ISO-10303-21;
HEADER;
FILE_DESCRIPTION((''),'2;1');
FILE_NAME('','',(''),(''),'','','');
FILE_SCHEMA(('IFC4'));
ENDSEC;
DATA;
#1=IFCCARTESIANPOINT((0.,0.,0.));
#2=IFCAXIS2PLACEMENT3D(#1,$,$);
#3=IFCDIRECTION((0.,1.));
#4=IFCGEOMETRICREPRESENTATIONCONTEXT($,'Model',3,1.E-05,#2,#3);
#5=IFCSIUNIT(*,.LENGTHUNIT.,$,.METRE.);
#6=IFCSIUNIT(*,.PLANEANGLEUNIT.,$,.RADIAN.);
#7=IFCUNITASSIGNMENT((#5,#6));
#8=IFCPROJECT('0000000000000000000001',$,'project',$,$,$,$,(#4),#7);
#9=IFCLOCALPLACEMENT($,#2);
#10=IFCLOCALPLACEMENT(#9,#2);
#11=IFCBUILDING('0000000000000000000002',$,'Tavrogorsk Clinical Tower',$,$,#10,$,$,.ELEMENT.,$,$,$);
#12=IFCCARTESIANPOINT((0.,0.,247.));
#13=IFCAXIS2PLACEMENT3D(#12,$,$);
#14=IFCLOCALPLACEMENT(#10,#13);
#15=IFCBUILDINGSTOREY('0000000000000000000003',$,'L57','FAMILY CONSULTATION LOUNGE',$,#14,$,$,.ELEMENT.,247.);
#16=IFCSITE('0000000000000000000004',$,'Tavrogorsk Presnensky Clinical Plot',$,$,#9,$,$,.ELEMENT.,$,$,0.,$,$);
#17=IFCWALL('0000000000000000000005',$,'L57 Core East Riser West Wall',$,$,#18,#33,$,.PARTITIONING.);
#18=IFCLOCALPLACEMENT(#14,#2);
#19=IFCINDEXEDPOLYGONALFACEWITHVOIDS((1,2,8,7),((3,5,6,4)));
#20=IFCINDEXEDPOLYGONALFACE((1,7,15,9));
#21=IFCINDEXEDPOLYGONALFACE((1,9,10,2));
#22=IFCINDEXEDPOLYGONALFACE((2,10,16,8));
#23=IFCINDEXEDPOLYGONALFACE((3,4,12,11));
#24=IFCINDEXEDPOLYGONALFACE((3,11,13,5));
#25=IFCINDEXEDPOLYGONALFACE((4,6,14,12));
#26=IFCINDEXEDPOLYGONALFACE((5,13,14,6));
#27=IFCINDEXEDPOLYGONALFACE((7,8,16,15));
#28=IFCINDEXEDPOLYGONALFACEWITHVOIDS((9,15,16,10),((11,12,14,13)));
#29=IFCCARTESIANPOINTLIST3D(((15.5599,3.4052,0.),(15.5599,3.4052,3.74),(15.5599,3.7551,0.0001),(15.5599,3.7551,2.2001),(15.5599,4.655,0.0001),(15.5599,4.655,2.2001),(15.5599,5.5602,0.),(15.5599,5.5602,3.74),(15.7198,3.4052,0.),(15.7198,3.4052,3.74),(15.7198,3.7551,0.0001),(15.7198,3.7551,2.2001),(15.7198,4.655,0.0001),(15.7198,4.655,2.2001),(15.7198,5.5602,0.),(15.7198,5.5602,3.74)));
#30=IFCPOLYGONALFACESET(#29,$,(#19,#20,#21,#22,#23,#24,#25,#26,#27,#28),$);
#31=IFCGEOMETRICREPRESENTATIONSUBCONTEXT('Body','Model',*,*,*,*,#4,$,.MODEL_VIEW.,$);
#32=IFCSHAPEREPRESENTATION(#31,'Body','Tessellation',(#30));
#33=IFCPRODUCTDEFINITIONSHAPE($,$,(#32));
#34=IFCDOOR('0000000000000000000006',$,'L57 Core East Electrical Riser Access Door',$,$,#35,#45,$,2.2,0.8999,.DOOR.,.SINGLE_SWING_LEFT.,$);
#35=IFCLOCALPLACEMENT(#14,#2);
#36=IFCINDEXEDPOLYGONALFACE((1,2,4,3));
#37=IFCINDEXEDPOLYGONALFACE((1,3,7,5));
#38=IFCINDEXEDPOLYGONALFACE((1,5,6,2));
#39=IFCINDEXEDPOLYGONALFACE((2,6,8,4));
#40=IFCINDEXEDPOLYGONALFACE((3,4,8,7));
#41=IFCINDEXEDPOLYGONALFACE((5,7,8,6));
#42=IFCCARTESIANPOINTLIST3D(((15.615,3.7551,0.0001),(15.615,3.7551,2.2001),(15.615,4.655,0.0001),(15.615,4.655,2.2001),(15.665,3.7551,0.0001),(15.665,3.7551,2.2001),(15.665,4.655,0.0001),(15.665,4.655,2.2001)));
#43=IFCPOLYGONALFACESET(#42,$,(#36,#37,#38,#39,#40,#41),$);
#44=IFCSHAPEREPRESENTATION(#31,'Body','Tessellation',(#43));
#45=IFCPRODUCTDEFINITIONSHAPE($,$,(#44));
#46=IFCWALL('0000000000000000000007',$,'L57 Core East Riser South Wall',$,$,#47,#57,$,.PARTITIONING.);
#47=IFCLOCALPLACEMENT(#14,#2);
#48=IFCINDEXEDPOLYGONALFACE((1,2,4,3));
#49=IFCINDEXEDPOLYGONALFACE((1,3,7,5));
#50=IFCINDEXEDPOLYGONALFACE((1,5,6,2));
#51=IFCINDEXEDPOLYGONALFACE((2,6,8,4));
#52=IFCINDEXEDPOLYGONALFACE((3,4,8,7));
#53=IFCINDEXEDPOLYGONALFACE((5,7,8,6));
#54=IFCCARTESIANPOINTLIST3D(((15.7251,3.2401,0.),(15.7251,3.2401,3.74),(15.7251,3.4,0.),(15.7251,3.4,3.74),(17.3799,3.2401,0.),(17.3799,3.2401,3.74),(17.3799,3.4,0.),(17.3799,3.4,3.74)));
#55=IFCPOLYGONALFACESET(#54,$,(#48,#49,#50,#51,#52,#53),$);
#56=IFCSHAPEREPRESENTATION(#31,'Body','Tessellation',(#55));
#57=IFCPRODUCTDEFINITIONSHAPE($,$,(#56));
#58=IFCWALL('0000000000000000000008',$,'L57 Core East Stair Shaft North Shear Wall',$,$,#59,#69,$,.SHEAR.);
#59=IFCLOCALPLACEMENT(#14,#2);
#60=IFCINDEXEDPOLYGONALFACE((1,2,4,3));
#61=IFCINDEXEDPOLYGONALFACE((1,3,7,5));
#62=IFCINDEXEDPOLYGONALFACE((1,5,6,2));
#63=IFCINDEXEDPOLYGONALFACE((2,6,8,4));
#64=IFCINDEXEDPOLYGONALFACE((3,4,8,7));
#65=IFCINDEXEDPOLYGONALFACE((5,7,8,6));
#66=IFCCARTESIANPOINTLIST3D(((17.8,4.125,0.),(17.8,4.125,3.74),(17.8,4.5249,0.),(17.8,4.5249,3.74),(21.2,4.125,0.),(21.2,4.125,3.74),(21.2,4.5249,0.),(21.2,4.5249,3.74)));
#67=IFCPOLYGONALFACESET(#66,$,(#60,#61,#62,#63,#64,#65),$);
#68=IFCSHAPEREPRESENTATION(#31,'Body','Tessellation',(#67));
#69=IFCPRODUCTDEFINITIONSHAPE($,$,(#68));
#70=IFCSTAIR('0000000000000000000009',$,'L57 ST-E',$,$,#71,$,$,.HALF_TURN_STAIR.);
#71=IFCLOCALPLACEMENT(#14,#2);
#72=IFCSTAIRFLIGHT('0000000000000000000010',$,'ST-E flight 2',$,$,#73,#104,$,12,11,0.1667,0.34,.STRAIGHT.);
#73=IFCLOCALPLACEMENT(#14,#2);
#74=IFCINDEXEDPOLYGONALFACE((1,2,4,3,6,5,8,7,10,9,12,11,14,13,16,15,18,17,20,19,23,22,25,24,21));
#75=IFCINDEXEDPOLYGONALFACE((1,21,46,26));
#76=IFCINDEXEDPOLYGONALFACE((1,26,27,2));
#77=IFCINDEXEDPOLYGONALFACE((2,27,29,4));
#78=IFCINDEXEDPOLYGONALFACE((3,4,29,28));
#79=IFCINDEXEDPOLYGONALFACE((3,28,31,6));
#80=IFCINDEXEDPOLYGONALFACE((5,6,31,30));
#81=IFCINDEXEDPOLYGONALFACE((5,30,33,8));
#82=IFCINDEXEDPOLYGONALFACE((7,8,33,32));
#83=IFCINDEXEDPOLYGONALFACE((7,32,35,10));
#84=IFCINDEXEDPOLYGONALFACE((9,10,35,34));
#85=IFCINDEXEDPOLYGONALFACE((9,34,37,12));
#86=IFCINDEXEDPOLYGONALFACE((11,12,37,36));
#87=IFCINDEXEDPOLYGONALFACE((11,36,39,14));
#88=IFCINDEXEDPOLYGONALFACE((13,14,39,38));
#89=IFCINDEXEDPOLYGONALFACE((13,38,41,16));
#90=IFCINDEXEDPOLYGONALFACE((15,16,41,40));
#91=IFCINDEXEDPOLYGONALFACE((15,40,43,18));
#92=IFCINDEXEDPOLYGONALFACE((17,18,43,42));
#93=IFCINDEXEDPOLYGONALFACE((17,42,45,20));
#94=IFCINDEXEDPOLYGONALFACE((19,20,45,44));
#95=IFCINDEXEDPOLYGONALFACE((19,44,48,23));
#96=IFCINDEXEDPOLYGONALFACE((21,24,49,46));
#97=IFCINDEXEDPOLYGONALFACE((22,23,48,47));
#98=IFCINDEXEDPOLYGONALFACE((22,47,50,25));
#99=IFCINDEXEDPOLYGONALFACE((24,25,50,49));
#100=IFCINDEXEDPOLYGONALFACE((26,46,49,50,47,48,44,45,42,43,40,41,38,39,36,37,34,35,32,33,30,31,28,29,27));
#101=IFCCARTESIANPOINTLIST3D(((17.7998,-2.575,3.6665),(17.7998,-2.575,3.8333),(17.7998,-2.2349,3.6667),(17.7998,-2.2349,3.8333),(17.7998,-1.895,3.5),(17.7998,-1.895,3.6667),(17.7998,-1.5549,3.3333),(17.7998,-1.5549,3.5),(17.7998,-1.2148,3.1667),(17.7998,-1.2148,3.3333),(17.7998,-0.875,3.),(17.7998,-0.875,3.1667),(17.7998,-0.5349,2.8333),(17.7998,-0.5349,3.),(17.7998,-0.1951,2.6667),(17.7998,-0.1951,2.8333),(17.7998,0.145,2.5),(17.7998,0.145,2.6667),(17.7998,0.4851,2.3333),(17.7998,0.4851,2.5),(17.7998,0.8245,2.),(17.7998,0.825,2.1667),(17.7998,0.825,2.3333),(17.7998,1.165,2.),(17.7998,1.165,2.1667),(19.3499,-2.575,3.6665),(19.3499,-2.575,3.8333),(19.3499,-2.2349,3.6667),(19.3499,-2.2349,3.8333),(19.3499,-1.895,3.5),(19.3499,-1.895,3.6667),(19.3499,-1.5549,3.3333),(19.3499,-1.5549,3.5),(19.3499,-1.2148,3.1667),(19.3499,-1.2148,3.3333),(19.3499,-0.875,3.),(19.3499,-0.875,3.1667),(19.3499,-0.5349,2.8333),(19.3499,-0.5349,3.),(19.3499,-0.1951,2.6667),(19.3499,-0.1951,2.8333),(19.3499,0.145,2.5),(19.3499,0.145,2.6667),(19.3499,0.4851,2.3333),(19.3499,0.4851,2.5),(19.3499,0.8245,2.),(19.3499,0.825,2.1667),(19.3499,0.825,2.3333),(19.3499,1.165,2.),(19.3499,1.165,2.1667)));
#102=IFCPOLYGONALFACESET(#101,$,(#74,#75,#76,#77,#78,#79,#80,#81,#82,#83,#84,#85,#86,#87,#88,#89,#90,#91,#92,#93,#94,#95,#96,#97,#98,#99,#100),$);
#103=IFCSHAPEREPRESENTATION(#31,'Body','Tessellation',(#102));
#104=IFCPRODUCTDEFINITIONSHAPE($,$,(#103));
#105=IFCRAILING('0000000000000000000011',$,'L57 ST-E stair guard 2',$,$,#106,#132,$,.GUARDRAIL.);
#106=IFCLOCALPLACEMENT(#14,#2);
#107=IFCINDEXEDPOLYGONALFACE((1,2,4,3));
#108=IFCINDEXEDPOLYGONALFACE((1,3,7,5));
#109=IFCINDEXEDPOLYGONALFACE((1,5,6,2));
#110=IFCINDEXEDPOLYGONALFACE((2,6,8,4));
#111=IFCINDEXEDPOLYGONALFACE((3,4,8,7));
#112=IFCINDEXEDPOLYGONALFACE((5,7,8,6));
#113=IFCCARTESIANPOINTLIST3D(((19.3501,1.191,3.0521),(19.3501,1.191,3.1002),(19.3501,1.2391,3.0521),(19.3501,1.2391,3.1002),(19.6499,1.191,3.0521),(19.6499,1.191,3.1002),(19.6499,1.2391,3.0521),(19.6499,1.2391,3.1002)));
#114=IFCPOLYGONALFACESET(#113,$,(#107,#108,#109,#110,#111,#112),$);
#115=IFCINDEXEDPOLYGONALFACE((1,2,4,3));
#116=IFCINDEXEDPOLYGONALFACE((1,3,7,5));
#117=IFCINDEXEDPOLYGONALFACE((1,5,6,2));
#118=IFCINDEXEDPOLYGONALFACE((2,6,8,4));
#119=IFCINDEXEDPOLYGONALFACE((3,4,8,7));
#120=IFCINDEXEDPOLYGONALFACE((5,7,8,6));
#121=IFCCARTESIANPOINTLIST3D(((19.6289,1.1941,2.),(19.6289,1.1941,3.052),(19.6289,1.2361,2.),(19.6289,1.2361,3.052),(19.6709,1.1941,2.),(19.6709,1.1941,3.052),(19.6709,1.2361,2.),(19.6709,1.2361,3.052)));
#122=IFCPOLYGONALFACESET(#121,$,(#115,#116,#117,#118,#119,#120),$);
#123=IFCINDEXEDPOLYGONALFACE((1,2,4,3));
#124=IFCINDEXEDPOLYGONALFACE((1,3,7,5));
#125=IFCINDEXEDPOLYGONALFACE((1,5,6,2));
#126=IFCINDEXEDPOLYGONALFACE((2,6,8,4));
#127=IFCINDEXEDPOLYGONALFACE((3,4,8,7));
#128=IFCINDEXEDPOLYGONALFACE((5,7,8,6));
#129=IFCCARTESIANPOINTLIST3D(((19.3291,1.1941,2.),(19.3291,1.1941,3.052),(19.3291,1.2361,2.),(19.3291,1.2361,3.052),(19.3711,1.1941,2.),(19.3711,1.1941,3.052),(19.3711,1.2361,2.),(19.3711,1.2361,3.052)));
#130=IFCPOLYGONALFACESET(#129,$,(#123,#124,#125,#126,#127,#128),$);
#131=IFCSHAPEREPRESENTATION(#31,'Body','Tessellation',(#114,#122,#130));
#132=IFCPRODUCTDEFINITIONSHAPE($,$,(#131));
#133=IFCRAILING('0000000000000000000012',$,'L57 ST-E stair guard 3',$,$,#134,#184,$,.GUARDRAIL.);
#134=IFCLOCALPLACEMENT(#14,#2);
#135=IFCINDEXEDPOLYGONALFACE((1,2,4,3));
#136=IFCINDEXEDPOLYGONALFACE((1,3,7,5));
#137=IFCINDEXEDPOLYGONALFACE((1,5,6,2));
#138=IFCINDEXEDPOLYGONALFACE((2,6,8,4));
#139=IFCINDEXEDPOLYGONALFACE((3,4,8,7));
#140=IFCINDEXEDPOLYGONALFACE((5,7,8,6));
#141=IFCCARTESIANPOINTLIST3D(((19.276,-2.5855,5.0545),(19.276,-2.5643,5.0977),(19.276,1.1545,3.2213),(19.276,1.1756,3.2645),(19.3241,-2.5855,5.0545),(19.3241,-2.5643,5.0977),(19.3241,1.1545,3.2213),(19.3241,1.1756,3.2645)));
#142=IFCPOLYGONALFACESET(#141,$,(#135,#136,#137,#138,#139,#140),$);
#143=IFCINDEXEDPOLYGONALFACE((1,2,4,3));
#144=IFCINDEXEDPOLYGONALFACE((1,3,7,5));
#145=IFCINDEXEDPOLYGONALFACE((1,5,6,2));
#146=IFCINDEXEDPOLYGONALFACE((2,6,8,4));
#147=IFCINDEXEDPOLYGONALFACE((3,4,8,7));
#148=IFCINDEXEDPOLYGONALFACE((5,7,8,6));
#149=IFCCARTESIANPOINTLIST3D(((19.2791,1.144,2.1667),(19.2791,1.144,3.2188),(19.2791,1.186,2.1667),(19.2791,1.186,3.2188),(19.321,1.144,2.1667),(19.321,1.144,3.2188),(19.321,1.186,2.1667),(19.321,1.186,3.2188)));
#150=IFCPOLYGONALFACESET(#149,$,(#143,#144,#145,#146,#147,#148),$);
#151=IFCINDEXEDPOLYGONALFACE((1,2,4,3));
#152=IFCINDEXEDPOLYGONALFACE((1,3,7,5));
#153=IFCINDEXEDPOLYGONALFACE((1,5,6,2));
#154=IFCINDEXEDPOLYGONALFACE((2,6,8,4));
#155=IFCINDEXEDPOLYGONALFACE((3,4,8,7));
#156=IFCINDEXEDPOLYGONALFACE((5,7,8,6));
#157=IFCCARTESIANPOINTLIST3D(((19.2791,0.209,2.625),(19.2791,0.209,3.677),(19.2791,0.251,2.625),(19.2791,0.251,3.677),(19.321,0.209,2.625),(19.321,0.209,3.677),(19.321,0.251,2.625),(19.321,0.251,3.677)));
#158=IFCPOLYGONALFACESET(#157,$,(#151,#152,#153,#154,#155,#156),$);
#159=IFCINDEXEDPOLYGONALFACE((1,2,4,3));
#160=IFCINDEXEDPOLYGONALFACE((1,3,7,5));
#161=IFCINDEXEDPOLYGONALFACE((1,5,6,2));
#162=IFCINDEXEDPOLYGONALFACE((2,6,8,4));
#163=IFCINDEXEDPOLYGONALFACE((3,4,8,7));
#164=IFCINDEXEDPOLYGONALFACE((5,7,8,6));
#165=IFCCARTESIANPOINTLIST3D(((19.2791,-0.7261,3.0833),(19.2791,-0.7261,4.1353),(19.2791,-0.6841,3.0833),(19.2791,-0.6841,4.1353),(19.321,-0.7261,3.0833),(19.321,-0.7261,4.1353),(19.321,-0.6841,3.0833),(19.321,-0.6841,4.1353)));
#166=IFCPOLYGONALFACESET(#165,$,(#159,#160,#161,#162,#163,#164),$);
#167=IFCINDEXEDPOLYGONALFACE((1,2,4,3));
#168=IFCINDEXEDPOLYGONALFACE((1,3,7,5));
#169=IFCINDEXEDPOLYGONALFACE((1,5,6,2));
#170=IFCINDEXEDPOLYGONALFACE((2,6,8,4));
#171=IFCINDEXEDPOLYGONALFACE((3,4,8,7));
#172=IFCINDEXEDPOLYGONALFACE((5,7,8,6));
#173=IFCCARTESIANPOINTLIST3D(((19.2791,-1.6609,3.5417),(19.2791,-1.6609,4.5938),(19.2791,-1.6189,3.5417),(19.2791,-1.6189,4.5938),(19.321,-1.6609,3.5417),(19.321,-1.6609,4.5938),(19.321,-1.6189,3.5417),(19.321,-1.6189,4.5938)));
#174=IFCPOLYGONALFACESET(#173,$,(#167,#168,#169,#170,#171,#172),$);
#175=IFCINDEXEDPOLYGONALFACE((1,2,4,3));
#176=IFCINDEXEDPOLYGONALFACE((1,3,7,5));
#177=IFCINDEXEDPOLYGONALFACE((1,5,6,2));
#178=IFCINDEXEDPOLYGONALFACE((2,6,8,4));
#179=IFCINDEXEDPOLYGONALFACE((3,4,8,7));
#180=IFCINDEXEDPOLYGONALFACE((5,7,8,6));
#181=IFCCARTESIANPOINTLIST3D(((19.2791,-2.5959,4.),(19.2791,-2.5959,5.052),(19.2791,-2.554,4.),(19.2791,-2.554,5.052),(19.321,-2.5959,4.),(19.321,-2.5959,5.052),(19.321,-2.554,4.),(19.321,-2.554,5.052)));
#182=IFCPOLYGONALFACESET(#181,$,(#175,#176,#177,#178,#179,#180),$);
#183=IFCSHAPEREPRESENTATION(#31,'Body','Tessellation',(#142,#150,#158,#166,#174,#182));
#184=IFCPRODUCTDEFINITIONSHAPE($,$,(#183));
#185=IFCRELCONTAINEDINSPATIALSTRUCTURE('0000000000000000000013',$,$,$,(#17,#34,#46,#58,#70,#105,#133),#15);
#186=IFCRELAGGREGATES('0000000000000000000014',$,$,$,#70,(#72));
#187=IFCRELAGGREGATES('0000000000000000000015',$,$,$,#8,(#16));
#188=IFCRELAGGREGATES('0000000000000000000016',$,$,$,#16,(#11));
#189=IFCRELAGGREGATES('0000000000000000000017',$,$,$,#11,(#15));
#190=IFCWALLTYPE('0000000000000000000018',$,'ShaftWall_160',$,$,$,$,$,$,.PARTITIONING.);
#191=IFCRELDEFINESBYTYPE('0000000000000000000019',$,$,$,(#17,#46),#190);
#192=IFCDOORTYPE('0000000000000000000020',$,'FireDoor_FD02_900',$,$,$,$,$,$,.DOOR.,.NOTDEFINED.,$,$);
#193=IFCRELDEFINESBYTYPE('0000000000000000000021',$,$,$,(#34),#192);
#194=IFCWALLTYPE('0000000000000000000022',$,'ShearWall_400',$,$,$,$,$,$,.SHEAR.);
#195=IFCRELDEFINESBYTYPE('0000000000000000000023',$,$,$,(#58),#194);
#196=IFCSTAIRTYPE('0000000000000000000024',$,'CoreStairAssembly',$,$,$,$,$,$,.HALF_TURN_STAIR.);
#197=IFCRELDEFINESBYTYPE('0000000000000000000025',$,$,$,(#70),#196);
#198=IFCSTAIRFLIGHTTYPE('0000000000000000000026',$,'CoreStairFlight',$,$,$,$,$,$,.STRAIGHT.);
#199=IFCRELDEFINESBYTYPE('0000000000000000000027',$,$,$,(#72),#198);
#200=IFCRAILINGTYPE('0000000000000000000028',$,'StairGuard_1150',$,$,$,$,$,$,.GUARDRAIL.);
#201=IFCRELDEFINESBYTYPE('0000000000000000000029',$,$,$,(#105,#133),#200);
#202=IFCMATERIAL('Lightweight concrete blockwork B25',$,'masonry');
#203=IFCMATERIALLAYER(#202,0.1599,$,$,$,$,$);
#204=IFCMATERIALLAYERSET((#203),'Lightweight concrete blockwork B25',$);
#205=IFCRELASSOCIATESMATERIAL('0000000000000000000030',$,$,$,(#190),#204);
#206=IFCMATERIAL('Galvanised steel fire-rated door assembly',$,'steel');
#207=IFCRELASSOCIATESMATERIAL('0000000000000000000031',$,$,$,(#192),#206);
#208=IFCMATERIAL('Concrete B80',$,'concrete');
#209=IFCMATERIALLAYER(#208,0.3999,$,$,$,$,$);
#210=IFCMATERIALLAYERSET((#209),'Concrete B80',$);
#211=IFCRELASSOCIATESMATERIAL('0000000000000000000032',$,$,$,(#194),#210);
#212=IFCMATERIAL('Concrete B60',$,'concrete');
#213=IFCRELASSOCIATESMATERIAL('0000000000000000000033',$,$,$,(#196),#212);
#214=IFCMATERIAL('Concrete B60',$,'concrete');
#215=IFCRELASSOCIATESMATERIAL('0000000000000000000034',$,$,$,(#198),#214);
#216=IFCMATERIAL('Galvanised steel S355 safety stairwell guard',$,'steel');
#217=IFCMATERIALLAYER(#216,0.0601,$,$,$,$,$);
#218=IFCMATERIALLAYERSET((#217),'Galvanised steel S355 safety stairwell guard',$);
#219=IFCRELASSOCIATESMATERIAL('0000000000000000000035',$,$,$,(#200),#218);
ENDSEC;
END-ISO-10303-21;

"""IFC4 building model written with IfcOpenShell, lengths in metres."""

from ifc_helpers import new_model, si_unit, direction, frame, frame_2d, origin, origin_2d, place, context, subcontext, project, spatial, polyline, rectangle, outline, extrude, material, layer, layer_set, type_object, element, fill, aggregate, save


model = new_model("IFC4")

# Units and contexts
model_context = context("Model", 3, precision=1e-05, world=origin(), true_north=direction((0.0, 1.0)))
body_context = subcontext(model_context, "Body", "Model", "MODEL_VIEW")
ifc_project = project(units=[si_unit("LENGTHUNIT", "METRE"), si_unit("PLANEANGLEUNIT", "RADIAN")], contexts=[model_context])

# Site, building, storey
site_placement = place(None, origin())
site = spatial("IfcSite", under=ifc_project, at=site_placement, Name="Tavrogorsk Presnensky Clinical Plot", CompositionType="ELEMENT", RefElevation=0.0)
building_placement = place(site_placement, origin())
building = spatial("IfcBuilding", under=site, at=building_placement, Name="Tavrogorsk Clinical Tower", CompositionType="ELEMENT")
storey_placement = place(building_placement, frame((0.0, 0.0, 247.0)))
storey = spatial("IfcBuildingStorey", under=building, at=storey_placement, Name="L57", Description="FAMILY CONSULTATION LOUNGE", CompositionType="ELEMENT", Elevation=247.0)

# Wall, opening, door
ifc_material_1 = material(Name="Lightweight concrete blockwork B25", Category="masonry")
ifc_layer_1 = layer(ifc_material_1, 0.1599)
ifc_layer_set_1 = layer_set([ifc_layer_1], Name="Lightweight concrete blockwork B25")
wall_type_1 = type_object("IfcWallType", Name="ShaftWall_160", PredefinedType="PARTITIONING", material=ifc_layer_set_1)
wall_1_placement = place(storey_placement, frame((15.6399, 3.405, 0.0), z_axis=(0.0, 0.0, 1.0), x_axis=(0.0, 1.0, 0.0)))
wall_1 = element("IfcWall", 1, at=wall_1_placement, inside=storey, type_object=wall_type_1, Name="L57 Core East Riser West Wall", PredefinedType="PARTITIONING", context=body_context, shape_type="SweptSolid", body=[
    extrude(rectangle(XDim=2.155, YDim=0.1599, at=frame_2d((1.0776, 0.0))), origin(), (0.0, 0.0, 1.0), 3.74),
])
opening_1_placement = place(wall_1_placement, frame((0.3501, 0.0, 0.0)))
opening_1 = element("IfcOpeningElement", 2, at=opening_1_placement, cuts=wall_1, PredefinedType="OPENING", context=body_context, shape_type="SweptSolid", body=[
    extrude(rectangle(XDim=0.8999, YDim=2.2, at=frame_2d((0.45, 1.1001))), frame((0.0, 0.0898, 0.0), z_axis=(0.0, -1.0, 0.0), x_axis=(1.0, 0.0, 0.0)), (0.0, 0.0, 1.0), 0.1799),
])
ifc_material_2 = material(Name="Galvanised steel fire-rated door assembly", Category="steel")
door_type_1 = type_object("IfcDoorType", Name="FireDoor_FD02_900", OperationType="NOTDEFINED", PredefinedType="DOOR", material=ifc_material_2)
door_1_placement = place(opening_1_placement, origin())
door_1 = element("IfcDoor", 3, at=door_1_placement, inside=storey, type_object=door_type_1, Name="L57 Core East Electrical Riser Access Door", OperationType="SINGLE_SWING_LEFT", OverallHeight=2.2, OverallWidth=0.8999, PredefinedType="DOOR", context=body_context, shape_type="SweptSolid", body=[
    extrude(rectangle(XDim=0.8999, YDim=2.2, at=frame_2d((0.45, 1.1001))), frame((0.0, 0.0249, 0.0), z_axis=(0.0, -1.0, 0.0), x_axis=(1.0, 0.0, 0.0)), (0.0, 0.0, 1.0), 0.05),
])
fill(opening_1, door_1)

# Walls
wall_2_placement = place(storey_placement, frame((15.7251, 3.3201, 0.0), z_axis=(0.0, 0.0, 1.0), x_axis=(1.0, 0.0, 0.0)))
element("IfcWall", 4, at=wall_2_placement, inside=storey, type_object=wall_type_1, Name="L57 Core East Riser South Wall", PredefinedType="PARTITIONING", context=body_context, shape_type="SweptSolid", body=[
    extrude(rectangle(XDim=1.6548, YDim=0.1599, at=frame_2d((0.8274, 0.0))), origin(), (0.0, 0.0, 1.0), 3.74),
])
ifc_material_3 = material(Name="Concrete B80", Category="concrete")
ifc_layer_2 = layer(ifc_material_3, 0.3999)
ifc_layer_set_2 = layer_set([ifc_layer_2], Name="Concrete B80")
wall_type_2 = type_object("IfcWallType", Name="ShearWall_400", PredefinedType="SHEAR", material=ifc_layer_set_2)
wall_3_placement = place(storey_placement, frame((17.8, 4.325, 0.0), z_axis=(0.0, 0.0, 1.0), x_axis=(1.0, 0.0, 0.0)))
element("IfcWall", 5, at=wall_3_placement, inside=storey, type_object=wall_type_2, Name="L57 Core East Stair Shaft North Shear Wall", PredefinedType="SHEAR", context=body_context, shape_type="SweptSolid", body=[
    extrude(rectangle(XDim=3.3999, YDim=0.3999, at=frame_2d((1.7, 0.0))), origin(), (0.0, 0.0, 1.0), 3.74),
])

# Stair, stair flight
ifc_material_4 = material(Name="Concrete B60", Category="concrete")
stair_type = type_object("IfcStairType", Name="CoreStairAssembly", PredefinedType="HALF_TURN_STAIR", material=ifc_material_4)
stair_placement = place(storey_placement, origin())
stair = element("IfcStair", 6, at=stair_placement, inside=storey, type_object=stair_type, Name="L57 ST-E", PredefinedType="HALF_TURN_STAIR")
ifc_material_5 = material(Name="Concrete B60", Category="concrete")
stair_flight_type = type_object("IfcStairFlightType", Name="CoreStairFlight", PredefinedType="STRAIGHT", material=ifc_material_5)
stair_flight_placement = place(storey_placement, frame((18.575, 1.165, 2.0), z_axis=(0.0, 0.0, 1.0), x_axis=(0.0, -1.0, 0.0)))
stair_flight = element("IfcStairFlight", 7, at=stair_flight_placement, type_object=stair_flight_type, Name="ST-E flight 2", NumberOfRisers=12, NumberOfTreads=11, PredefinedType="STRAIGHT", RiserHeight=0.1667, TreadLength=0.34, context=body_context, shape_type="SweptSolid", body=[
    extrude(outline(polyline([(0.0, 0.0), (0.0, 0.1667), (0.3401, 0.1667), (0.3401, 0.3333), (0.6799, 0.3333), (0.6799, 0.5), (1.02, 0.5), (1.02, 0.6667), (1.3601, 0.6667), (1.3601, 0.8333), (1.7, 0.8333), (1.7, 1.0), (2.04, 1.0), (2.04, 1.1667), (2.3799, 1.1667), (2.3799, 1.3333), (2.72, 1.3333), (2.72, 1.5), (3.0601, 1.5), (3.0601, 1.6667), (3.3999, 1.6667), (3.3999, 1.8333), (3.74, 1.8333), (3.74, 2.0), (3.74, 1.6665), (0.3406, 0.0), (0.0, 0.0)])), frame((0.0, 0.7749, 0.0), z_axis=(0.0, -1.0, 0.0), x_axis=(1.0, 0.0, 0.0)), (0.0, 0.0, 1.0), 1.55),
])
aggregate(stair, [stair_flight])

# Railings
ifc_material_6 = material(Name="Galvanised steel S355 safety stairwell guard", Category="steel")
ifc_layer_3 = layer(ifc_material_6, 0.0601)
ifc_layer_set_3 = layer_set([ifc_layer_3], Name="Galvanised steel S355 safety stairwell guard")
railing_type_1 = type_object("IfcRailingType", Name="StairGuard_1150", PredefinedType="GUARDRAIL", material=ifc_layer_set_3)
railing_1_placement = place(storey_placement, frame((19.6499, 1.2151, 2.0)))
element("IfcRailing", 8, at=railing_1_placement, inside=storey, type_object=railing_type_1, Name="L57 ST-E stair guard 2", PredefinedType="GUARDRAIL", context=body_context, shape_type="SweptSolid", body=[
    extrude(rectangle(XDim=0.0481, YDim=0.0481, at=origin_2d()), frame((0.0, 0.0, 1.0762), z_axis=(-1.0, 0.0, 0.0), x_axis=(0.0, -1.0, 0.0)), (0.0, 0.0, 1.0), 0.2998),
    extrude(rectangle(XDim=0.042, YDim=0.042, at=origin_2d()), origin(), (0.0, 0.0, 1.0), 1.052),
    extrude(rectangle(XDim=0.042, YDim=0.042, at=origin_2d()), frame((-0.2998, 0.0, 0.0)), (0.0, 0.0, 1.0), 1.052),
])
railing_2_placement = place(storey_placement, frame((19.3, 1.165, 2.1667)))
element("IfcRailing", 9, at=railing_2_placement, inside=storey, type_object=railing_type_1, Name="L57 ST-E stair guard 3", PredefinedType="GUARDRAIL", context=body_context, shape_type="SweptSolid", body=[
    extrude(rectangle(XDim=0.0481, YDim=0.0481, at=origin_2d()), frame((0.0, 0.0, 1.0762), z_axis=(0.0, -0.897928, 0.440142), x_axis=(1.0, 0.0, 0.0)), (0.0, 0.0, 1.0), 4.165),
    extrude(rectangle(XDim=0.042, YDim=0.042, at=origin_2d()), origin(), (0.0, 0.0, 1.0), 1.052),
    extrude(rectangle(XDim=0.042, YDim=0.042, at=origin_2d()), frame((0.0, -0.9351, 0.4583)), (0.0, 0.0, 1.0), 1.052),
    extrude(rectangle(XDim=0.042, YDim=0.042, at=origin_2d()), frame((0.0, -1.8701, 0.9165)), (0.0, 0.0, 1.0), 1.052),
    extrude(rectangle(XDim=0.042, YDim=0.042, at=origin_2d()), frame((0.0, -2.8049, 1.375)), (0.0, 0.0, 1.0), 1.052),
    extrude(rectangle(XDim=0.042, YDim=0.042, at=origin_2d()), frame((0.0, -3.74, 1.8333)), (0.0, 0.0, 1.0), 1.052),
])

save(model, "model.ifc")
